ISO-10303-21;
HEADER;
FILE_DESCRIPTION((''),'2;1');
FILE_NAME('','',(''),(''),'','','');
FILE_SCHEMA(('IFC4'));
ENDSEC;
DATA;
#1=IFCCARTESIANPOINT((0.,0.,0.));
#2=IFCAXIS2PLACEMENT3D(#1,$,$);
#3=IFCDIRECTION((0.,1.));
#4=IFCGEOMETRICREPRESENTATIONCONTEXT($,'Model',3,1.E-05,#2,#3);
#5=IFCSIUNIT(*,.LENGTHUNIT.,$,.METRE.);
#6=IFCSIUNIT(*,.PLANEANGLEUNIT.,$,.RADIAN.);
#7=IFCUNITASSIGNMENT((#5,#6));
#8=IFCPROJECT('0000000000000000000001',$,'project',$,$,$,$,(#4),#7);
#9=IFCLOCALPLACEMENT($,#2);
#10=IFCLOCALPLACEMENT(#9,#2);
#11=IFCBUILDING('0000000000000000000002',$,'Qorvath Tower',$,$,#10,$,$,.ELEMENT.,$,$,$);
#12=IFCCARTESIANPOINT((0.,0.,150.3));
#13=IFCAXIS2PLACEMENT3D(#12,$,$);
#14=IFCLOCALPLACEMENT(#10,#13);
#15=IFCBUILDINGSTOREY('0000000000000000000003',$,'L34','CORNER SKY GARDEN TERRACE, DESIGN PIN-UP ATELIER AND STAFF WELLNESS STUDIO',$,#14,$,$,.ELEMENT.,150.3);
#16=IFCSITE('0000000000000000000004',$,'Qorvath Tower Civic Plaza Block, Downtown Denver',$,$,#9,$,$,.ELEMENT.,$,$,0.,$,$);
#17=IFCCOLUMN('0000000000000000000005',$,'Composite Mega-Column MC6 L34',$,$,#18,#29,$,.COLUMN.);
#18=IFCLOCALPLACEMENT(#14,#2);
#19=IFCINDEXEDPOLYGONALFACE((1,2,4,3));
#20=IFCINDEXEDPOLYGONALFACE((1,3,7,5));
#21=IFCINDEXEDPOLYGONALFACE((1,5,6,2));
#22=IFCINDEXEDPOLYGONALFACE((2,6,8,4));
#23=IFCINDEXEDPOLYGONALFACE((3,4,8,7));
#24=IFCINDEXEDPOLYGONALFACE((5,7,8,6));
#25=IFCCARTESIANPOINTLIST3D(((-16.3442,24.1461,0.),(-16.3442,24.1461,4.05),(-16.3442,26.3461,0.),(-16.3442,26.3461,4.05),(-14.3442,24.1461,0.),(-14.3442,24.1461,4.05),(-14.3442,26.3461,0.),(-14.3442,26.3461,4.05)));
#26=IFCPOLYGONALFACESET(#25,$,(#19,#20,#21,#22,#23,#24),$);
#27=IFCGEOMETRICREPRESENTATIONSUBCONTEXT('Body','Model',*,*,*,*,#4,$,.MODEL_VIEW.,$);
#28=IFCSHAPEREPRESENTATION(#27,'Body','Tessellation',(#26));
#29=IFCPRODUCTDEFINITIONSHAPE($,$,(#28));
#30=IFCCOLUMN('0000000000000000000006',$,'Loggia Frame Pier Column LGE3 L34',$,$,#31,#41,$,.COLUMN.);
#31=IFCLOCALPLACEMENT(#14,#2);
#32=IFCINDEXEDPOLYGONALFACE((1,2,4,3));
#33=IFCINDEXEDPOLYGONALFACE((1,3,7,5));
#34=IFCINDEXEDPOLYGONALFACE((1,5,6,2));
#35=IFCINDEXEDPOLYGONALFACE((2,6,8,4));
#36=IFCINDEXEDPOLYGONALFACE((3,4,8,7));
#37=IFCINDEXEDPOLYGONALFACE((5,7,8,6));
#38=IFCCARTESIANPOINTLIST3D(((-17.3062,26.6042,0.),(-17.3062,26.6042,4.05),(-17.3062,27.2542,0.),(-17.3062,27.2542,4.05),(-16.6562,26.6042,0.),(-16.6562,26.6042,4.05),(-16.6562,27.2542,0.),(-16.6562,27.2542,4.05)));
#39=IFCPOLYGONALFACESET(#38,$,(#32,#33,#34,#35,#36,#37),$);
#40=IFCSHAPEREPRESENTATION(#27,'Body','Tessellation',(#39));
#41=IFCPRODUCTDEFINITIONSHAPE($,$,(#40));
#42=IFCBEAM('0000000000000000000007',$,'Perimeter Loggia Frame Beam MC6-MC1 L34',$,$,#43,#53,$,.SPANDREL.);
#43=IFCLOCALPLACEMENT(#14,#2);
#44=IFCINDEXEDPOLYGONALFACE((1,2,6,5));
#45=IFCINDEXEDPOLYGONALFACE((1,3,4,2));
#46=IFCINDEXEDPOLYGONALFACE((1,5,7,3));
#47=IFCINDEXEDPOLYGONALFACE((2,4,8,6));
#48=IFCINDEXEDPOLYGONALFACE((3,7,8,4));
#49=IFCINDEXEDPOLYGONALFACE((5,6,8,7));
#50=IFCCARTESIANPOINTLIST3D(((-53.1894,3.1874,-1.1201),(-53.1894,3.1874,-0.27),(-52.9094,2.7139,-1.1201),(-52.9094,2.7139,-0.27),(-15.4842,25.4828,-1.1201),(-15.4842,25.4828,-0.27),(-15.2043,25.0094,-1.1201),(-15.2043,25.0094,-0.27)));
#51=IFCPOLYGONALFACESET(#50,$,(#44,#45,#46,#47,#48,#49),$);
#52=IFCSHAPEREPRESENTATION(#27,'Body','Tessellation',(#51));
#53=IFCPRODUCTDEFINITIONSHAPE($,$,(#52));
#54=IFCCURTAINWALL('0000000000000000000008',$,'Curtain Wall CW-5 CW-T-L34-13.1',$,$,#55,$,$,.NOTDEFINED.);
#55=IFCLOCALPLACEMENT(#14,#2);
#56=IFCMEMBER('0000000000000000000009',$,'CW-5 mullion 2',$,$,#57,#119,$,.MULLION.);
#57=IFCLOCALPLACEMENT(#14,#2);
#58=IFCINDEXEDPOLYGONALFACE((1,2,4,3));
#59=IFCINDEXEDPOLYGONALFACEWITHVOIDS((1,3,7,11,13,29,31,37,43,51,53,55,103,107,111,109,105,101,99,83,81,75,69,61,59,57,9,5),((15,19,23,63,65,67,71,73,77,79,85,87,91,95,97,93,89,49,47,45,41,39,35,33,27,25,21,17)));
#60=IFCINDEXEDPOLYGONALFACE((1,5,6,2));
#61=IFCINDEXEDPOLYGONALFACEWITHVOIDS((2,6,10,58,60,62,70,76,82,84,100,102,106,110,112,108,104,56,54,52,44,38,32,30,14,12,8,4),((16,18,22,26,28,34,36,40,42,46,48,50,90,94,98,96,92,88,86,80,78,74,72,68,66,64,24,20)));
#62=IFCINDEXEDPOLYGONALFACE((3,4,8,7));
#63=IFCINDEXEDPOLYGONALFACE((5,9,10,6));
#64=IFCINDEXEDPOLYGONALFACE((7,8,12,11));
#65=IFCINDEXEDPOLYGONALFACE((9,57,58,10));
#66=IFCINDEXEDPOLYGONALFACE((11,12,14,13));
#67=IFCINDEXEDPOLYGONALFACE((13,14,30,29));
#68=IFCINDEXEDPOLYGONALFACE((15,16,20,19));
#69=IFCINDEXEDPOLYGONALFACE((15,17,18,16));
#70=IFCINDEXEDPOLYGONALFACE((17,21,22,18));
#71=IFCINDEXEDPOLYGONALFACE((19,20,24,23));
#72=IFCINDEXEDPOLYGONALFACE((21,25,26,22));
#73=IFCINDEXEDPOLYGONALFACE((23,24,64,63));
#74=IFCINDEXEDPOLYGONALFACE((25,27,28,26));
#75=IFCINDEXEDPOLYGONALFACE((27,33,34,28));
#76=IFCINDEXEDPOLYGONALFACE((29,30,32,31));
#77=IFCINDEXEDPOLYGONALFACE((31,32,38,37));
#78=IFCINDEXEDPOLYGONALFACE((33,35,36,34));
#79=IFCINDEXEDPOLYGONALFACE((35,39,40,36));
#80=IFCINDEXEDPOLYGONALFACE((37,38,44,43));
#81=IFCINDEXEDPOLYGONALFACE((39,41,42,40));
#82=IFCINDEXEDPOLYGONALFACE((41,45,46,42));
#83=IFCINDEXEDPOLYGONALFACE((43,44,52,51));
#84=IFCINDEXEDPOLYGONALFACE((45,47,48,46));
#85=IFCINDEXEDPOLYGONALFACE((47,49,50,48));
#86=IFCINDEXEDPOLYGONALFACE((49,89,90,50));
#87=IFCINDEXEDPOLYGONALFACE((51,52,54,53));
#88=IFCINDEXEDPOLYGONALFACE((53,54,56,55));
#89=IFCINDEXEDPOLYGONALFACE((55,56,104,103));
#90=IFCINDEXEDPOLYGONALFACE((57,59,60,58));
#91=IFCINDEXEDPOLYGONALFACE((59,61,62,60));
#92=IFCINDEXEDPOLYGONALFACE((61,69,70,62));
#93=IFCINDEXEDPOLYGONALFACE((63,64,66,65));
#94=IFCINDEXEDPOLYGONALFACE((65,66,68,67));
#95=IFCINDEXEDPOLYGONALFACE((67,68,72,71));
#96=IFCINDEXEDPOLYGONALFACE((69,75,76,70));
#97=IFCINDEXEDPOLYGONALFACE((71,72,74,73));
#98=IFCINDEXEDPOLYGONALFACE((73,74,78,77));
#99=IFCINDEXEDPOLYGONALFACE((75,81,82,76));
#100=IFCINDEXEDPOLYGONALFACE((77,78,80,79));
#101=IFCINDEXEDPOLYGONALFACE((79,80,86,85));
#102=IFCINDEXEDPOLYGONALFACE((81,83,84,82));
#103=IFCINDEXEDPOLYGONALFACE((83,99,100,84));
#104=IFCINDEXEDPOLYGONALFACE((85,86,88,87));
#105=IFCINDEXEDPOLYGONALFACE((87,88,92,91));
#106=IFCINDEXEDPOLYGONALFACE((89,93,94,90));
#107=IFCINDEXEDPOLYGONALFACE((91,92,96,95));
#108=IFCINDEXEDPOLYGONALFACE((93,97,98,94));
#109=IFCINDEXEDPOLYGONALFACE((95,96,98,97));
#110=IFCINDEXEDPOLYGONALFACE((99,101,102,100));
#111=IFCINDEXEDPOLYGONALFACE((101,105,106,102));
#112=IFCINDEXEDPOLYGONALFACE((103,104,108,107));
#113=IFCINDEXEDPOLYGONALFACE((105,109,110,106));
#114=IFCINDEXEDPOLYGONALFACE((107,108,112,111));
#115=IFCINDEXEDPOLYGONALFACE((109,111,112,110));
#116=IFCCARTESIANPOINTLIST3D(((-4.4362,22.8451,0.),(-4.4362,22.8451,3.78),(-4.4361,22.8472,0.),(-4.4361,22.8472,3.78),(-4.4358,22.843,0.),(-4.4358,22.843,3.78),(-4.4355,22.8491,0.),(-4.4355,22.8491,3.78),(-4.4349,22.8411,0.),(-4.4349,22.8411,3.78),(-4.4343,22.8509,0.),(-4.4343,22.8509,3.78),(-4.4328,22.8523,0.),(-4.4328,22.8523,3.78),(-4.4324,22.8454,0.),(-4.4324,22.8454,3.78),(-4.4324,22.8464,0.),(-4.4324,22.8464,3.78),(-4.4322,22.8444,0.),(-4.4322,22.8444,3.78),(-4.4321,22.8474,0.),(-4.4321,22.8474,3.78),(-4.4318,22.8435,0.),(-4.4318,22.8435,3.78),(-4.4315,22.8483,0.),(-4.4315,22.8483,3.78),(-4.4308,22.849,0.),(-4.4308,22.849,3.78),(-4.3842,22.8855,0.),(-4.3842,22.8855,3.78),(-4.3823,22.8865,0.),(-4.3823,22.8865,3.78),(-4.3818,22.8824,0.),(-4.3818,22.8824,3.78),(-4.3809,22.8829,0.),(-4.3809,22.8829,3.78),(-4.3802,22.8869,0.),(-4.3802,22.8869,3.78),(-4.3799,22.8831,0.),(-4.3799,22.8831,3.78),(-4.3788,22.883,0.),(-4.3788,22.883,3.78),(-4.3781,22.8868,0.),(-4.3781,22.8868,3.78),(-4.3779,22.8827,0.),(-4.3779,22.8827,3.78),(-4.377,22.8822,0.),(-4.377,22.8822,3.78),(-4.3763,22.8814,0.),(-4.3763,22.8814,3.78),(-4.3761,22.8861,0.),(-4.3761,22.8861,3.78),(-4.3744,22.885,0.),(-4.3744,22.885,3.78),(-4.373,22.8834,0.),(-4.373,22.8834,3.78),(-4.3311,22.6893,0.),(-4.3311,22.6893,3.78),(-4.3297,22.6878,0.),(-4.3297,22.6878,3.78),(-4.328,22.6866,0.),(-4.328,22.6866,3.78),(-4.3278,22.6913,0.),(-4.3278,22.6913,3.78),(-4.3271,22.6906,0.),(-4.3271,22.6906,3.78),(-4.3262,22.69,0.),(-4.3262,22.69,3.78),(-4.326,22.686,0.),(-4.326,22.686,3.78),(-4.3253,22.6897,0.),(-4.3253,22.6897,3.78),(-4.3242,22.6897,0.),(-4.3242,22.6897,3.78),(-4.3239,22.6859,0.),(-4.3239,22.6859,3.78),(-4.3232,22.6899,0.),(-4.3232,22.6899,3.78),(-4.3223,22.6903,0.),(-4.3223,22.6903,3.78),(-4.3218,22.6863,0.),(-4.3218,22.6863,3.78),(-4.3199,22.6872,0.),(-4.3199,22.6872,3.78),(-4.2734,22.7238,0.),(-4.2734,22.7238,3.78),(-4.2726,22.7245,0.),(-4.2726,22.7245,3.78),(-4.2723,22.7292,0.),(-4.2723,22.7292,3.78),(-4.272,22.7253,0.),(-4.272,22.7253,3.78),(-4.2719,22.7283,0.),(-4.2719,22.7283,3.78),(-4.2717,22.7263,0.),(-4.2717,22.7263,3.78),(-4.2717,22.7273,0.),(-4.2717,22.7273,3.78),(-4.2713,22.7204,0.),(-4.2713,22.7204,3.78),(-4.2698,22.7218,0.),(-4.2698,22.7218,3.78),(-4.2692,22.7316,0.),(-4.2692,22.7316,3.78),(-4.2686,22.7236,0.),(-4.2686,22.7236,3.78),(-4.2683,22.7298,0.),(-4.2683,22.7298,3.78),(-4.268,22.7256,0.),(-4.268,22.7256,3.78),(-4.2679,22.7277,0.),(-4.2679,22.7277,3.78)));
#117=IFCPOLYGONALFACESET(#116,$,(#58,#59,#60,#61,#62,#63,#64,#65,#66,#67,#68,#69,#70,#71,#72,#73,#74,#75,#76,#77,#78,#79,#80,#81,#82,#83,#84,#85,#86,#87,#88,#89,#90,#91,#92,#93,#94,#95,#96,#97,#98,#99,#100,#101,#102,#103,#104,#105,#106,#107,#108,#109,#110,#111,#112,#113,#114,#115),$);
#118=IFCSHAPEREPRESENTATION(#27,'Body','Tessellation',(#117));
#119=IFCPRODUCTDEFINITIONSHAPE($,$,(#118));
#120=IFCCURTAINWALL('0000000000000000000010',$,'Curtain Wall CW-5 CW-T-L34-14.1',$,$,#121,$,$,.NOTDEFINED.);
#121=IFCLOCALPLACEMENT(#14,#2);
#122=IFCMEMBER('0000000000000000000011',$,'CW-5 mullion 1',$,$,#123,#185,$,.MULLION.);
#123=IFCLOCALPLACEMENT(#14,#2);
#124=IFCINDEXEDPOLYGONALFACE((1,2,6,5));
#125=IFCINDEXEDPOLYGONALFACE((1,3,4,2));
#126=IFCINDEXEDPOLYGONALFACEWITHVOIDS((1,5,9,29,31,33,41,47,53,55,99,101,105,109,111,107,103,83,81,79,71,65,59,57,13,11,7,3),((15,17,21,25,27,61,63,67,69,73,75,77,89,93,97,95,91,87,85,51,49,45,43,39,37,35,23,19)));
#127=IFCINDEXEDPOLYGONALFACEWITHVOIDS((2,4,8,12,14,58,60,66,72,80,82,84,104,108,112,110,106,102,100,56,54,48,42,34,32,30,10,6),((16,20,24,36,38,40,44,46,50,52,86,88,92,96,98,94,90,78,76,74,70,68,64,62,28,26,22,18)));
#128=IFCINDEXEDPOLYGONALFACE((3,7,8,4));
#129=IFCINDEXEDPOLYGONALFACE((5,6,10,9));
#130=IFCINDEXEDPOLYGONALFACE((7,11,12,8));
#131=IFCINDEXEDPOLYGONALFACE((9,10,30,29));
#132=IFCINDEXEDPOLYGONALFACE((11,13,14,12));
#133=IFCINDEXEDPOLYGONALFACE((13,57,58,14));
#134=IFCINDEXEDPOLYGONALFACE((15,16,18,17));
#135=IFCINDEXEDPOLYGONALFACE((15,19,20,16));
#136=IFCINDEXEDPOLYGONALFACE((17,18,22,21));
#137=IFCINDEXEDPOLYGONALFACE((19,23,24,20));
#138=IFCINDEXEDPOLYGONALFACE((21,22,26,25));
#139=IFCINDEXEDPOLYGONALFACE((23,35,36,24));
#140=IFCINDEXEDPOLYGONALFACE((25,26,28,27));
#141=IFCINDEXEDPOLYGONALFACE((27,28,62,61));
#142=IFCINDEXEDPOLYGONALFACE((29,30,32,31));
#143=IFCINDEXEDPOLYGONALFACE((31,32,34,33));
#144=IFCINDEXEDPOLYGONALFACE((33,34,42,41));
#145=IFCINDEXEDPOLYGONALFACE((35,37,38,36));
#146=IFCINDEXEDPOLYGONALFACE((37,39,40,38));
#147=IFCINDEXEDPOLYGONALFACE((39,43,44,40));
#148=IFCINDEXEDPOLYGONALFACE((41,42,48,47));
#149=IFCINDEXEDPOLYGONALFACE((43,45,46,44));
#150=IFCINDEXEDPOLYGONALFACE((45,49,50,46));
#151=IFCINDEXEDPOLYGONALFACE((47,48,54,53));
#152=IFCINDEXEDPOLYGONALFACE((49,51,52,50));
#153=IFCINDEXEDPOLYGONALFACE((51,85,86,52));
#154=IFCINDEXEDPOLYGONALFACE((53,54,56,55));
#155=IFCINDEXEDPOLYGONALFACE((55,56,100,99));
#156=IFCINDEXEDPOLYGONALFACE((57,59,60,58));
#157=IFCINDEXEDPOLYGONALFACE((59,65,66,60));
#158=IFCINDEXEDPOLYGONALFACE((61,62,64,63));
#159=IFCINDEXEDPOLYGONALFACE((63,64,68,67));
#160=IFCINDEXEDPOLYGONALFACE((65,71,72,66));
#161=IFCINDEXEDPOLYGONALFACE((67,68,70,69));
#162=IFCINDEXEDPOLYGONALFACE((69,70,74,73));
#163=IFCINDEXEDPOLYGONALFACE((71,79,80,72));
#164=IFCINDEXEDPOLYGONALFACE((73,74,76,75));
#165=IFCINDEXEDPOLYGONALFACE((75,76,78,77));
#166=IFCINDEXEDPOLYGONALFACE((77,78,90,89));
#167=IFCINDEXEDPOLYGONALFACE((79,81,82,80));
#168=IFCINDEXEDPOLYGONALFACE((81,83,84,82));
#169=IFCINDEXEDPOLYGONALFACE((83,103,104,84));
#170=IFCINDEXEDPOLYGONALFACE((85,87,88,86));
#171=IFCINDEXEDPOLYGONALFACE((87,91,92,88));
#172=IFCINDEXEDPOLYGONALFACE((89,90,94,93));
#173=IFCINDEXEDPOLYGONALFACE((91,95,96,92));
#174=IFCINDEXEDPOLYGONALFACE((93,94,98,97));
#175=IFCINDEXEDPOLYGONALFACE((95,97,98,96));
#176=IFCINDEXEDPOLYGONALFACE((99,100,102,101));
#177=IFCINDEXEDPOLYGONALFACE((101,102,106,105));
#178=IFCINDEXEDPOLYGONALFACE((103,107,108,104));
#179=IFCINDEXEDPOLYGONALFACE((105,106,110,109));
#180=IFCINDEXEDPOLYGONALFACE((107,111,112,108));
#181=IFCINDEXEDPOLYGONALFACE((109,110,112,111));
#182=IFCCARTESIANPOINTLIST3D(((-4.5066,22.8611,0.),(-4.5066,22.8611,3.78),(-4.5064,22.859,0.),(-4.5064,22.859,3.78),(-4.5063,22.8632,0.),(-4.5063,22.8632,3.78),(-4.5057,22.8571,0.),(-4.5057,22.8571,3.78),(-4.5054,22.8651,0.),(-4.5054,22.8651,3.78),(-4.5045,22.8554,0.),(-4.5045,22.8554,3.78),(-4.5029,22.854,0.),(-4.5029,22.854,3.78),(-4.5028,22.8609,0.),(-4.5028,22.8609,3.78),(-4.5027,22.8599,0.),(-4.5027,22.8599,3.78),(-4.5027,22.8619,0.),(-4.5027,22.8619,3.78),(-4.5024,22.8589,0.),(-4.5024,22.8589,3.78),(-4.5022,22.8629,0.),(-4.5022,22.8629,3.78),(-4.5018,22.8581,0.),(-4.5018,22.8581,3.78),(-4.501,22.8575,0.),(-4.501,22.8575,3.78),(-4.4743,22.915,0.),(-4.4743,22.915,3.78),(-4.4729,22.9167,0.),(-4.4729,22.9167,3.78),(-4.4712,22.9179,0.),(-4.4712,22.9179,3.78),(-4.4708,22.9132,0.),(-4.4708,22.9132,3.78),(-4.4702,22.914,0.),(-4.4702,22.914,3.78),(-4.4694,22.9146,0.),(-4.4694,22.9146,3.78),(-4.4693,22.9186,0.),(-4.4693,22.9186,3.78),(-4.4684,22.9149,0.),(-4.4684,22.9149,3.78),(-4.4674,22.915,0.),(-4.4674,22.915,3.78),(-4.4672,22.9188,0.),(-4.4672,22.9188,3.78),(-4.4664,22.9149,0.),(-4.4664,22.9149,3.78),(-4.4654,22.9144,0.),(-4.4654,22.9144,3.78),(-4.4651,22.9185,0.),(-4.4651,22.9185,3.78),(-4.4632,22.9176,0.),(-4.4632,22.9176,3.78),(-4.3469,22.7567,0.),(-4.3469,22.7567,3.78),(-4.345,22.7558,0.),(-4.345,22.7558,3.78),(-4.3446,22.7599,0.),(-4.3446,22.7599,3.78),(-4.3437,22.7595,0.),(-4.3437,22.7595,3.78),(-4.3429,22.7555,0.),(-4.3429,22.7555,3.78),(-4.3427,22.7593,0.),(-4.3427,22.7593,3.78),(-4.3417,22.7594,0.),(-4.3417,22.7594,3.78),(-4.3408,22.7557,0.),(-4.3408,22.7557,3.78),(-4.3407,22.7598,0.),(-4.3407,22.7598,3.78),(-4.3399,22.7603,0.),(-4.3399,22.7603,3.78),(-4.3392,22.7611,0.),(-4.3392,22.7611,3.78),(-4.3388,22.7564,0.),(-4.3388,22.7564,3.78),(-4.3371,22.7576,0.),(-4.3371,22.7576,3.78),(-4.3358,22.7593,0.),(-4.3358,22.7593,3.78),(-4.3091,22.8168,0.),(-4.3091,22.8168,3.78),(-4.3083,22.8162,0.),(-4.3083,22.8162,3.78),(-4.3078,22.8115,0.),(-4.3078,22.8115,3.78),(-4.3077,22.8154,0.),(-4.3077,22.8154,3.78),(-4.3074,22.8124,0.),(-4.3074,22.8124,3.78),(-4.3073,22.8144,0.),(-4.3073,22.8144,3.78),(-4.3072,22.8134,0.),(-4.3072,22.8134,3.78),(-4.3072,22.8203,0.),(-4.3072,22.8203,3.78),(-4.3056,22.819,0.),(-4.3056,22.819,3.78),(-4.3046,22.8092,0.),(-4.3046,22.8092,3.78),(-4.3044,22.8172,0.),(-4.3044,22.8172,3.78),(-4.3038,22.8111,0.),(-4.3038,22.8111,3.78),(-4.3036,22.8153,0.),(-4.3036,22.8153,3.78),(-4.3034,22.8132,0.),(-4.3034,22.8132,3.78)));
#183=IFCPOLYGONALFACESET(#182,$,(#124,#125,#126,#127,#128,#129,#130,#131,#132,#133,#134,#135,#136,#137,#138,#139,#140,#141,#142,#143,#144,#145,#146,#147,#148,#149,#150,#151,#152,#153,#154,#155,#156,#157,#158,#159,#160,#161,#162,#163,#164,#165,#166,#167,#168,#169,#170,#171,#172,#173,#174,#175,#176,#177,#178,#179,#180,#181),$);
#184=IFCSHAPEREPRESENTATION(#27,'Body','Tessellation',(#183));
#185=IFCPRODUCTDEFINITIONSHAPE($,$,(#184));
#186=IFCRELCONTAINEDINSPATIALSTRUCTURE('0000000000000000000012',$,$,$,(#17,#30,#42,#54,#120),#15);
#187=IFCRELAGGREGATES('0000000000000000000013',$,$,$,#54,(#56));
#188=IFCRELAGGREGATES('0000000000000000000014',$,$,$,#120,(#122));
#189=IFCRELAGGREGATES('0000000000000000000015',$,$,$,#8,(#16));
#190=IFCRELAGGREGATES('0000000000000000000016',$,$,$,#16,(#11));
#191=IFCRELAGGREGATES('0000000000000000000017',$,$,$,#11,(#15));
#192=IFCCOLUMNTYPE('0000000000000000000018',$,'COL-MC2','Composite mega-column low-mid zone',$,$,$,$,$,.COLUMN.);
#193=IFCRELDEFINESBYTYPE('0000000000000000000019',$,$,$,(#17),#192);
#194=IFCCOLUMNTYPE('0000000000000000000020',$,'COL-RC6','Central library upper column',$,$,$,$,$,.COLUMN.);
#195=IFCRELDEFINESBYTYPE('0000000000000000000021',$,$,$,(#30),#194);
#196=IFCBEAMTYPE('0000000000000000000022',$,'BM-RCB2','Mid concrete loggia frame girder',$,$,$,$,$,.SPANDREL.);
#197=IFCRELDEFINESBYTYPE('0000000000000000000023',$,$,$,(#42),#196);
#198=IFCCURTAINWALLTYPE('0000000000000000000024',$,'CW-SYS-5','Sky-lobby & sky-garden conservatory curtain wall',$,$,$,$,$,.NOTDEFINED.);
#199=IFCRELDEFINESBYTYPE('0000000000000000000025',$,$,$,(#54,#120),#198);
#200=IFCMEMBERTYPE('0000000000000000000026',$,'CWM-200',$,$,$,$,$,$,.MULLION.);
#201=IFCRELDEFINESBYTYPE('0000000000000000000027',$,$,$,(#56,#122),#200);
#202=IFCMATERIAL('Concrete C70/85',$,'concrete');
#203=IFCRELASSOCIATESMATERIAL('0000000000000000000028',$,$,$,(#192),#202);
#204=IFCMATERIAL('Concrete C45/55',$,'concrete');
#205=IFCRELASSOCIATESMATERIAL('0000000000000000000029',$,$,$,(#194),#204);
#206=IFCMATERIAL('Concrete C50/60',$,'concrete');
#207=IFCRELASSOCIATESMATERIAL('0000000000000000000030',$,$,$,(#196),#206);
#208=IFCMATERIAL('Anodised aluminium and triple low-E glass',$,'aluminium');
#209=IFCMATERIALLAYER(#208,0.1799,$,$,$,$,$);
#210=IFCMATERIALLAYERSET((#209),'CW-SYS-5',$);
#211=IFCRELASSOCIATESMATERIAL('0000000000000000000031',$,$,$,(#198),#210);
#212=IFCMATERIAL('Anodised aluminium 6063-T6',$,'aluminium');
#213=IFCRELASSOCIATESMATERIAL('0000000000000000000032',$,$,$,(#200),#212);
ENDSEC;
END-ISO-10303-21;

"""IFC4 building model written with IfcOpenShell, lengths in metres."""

from ifc_helpers import new_model, si_unit, direction, frame, origin, origin_2d, place, context, subcontext, project, spatial, rectangle, hollow_rectangle, extrude, material, layer, layer_set, material_profile, profile_set, type_object, element, aggregate, save


model = new_model("IFC4")

# Units and contexts
model_context = context("Model", 3, precision=1e-05, world=origin(), true_north=direction((0.0, 1.0)))
body_context = subcontext(model_context, "Body", "Model", "MODEL_VIEW")
ifc_project = project(units=[si_unit("LENGTHUNIT", "METRE"), si_unit("PLANEANGLEUNIT", "RADIAN")], contexts=[model_context])

# Site, building, storey
site_placement = place(None, origin())
site = spatial("IfcSite", under=ifc_project, at=site_placement, Name="Qorvath Tower Civic Plaza Block, Downtown Denver", CompositionType="ELEMENT", RefElevation=0.0)
building_placement = place(site_placement, origin())
building = spatial("IfcBuilding", under=site, at=building_placement, Name="Qorvath Tower", CompositionType="ELEMENT")
storey_placement = place(building_placement, frame((0.0, 0.0, 150.3)))
storey = spatial("IfcBuildingStorey", under=building, at=storey_placement, Name="L34", Description="CORNER SKY GARDEN TERRACE, DESIGN PIN-UP ATELIER AND STAFF WELLNESS STUDIO", CompositionType="ELEMENT", Elevation=150.3)

# Columns
ifc_material_1 = material(Name="Concrete C70/85", Category="concrete")
ifc_material_profile_1 = material_profile(ifc_material_1, rectangle(XDim=2.0, YDim=2.2, at=origin_2d()), Name="MC 2200x2000")
ifc_profile_set_1 = profile_set([ifc_material_profile_1], Name="Concrete C70/85")
column_type_1 = type_object("IfcColumnType", Name="COL-MC2", Description="Composite mega-column low-mid zone", PredefinedType="COLUMN", material=ifc_profile_set_1)
column_1_placement = place(storey_placement, frame((-15.3442, 25.2461, 0.0), z_axis=(0.0, 0.0, 1.0), x_axis=(1.0, 0.0, 0.0)))
element("IfcColumn", 1, at=column_1_placement, inside=storey, type_object=column_type_1, Name="Composite Mega-Column MC6 L34", PredefinedType="COLUMN", context=body_context, shape_type="SweptSolid", body=[
    extrude(rectangle(XDim=2.0, YDim=2.2, at=origin_2d()), origin(), (0.0, 0.0, 1.0), 4.05),
])
ifc_material_2 = material(Name="Concrete C45/55", Category="concrete")
ifc_material_profile_2 = material_profile(ifc_material_2, rectangle(XDim=0.6499, YDim=0.6499, at=origin_2d()), Name="RC 650x650")
ifc_profile_set_2 = profile_set([ifc_material_profile_2], Name="Concrete C45/55")
column_type_2 = type_object("IfcColumnType", Name="COL-RC6", Description="Central library upper column", PredefinedType="COLUMN", material=ifc_profile_set_2)
column_2_placement = place(storey_placement, frame((-16.9812, 26.9292, 0.0), z_axis=(0.0, 0.0, 1.0), x_axis=(1.0, 0.0, 0.0)))
element("IfcColumn", 2, at=column_2_placement, inside=storey, type_object=column_type_2, Name="Loggia Frame Pier Column LGE3 L34", PredefinedType="COLUMN", context=body_context, shape_type="SweptSolid", body=[
    extrude(rectangle(XDim=0.6499, YDim=0.6499, at=origin_2d()), origin(), (0.0, 0.0, 1.0), 4.05),
])

# Beam
ifc_material_3 = material(Name="Concrete C50/60", Category="concrete")
ifc_material_profile_3 = material_profile(ifc_material_3, rectangle(XDim=0.55, YDim=0.8501, at=origin_2d()), Name="RCB 850x550")
ifc_profile_set_3 = profile_set([ifc_material_profile_3], Name="Concrete C50/60")
beam_type = type_object("IfcBeamType", Name="BM-RCB2", Description="Mid concrete loggia frame girder", PredefinedType="SPANDREL", material=ifc_profile_set_3)
beam_placement = place(storey_placement, frame((-15.3442, 25.2461, -0.6951), z_axis=(-0.860775, -0.508985, 0.0), x_axis=(0.508985, -0.860775, 0.0)))
element("IfcBeam", 3, at=beam_placement, inside=storey, type_object=beam_type, Name="Perimeter Loggia Frame Beam MC6-MC1 L34", PredefinedType="SPANDREL", context=body_context, shape_type="SweptSolid", body=[
    extrude(rectangle(XDim=0.55, YDim=0.8501, at=origin_2d()), origin(), (0.0, 0.0, 1.0), 43.8037),
])

# Curtain wall, member
ifc_material_4 = material(Name="Anodised aluminium and triple low-E glass", Category="aluminium")
ifc_layer_1 = layer(ifc_material_4, 0.1799)
ifc_layer_set_1 = layer_set([ifc_layer_1], Name="CW-SYS-5")
curtain_wall_type = type_object("IfcCurtainWallType", Name="CW-SYS-5", Description="Sky-lobby & sky-garden conservatory curtain wall", PredefinedType="NOTDEFINED", material=ifc_layer_set_1)
curtain_wall_1_placement = place(storey_placement, origin())
curtain_wall_1 = element("IfcCurtainWall", 4, at=curtain_wall_1_placement, inside=storey, type_object=curtain_wall_type, Name="Curtain Wall CW-5 CW-T-L34-13.1", PredefinedType="NOTDEFINED")
ifc_material_5 = material(Name="Anodised aluminium 6063-T6", Category="aluminium")
ifc_material_profile_4 = material_profile(ifc_material_5, hollow_rectangle(XDim=0.075, YDim=0.2, WallThickness=0.0039, InnerFilletRadius=0.0039, OuterFilletRadius=0.0081, at=origin_2d()), Name="CWM 200x75")
ifc_profile_set_4 = profile_set([ifc_material_profile_4], Name="Anodised aluminium 6063-T6")
member_type_1 = type_object("IfcMemberType", Name="CWM-200", PredefinedType="MULLION", material=ifc_profile_set_4)
member_1_placement = place(storey_placement, frame((-4.3521, 22.7864, 0.0), z_axis=(0.0, 0.0, 1.0), x_axis=(-0.825581, -0.564284, 0.0)))
member_1 = element("IfcMember", 5, at=member_1_placement, type_object=member_type_1, Name="CW-5 mullion 2", PredefinedType="MULLION", context=body_context, shape_type="SweptSolid", body=[
    extrude(hollow_rectangle(XDim=0.075, YDim=0.2, WallThickness=0.0039, InnerFilletRadius=0.0039, OuterFilletRadius=0.0081, at=origin_2d()), origin(), (0.0, 0.0, 1.0), 3.78),
])
aggregate(curtain_wall_1, [member_1])

# Curtain wall, member
curtain_wall_2_placement = place(storey_placement, origin())
curtain_wall_2 = element("IfcCurtainWall", 6, at=curtain_wall_2_placement, inside=storey, type_object=curtain_wall_type, Name="Curtain Wall CW-5 CW-T-L34-14.1", PredefinedType="NOTDEFINED")
member_2_placement = place(storey_placement, frame((-4.405, 22.8372, 0.0), z_axis=(0.0, 0.0, 1.0), x_axis=(-0.529393, -0.848377, 0.0)))
member_2 = element("IfcMember", 7, at=member_2_placement, type_object=member_type_1, Name="CW-5 mullion 1", PredefinedType="MULLION", context=body_context, shape_type="SweptSolid", body=[
    extrude(hollow_rectangle(XDim=0.075, YDim=0.2, WallThickness=0.0039, InnerFilletRadius=0.0039, OuterFilletRadius=0.0081, at=origin_2d()), origin(), (0.0, 0.0, 1.0), 3.78),
])

aggregate(curtain_wall_2, [member_2])

save(model, "model.ifc")
